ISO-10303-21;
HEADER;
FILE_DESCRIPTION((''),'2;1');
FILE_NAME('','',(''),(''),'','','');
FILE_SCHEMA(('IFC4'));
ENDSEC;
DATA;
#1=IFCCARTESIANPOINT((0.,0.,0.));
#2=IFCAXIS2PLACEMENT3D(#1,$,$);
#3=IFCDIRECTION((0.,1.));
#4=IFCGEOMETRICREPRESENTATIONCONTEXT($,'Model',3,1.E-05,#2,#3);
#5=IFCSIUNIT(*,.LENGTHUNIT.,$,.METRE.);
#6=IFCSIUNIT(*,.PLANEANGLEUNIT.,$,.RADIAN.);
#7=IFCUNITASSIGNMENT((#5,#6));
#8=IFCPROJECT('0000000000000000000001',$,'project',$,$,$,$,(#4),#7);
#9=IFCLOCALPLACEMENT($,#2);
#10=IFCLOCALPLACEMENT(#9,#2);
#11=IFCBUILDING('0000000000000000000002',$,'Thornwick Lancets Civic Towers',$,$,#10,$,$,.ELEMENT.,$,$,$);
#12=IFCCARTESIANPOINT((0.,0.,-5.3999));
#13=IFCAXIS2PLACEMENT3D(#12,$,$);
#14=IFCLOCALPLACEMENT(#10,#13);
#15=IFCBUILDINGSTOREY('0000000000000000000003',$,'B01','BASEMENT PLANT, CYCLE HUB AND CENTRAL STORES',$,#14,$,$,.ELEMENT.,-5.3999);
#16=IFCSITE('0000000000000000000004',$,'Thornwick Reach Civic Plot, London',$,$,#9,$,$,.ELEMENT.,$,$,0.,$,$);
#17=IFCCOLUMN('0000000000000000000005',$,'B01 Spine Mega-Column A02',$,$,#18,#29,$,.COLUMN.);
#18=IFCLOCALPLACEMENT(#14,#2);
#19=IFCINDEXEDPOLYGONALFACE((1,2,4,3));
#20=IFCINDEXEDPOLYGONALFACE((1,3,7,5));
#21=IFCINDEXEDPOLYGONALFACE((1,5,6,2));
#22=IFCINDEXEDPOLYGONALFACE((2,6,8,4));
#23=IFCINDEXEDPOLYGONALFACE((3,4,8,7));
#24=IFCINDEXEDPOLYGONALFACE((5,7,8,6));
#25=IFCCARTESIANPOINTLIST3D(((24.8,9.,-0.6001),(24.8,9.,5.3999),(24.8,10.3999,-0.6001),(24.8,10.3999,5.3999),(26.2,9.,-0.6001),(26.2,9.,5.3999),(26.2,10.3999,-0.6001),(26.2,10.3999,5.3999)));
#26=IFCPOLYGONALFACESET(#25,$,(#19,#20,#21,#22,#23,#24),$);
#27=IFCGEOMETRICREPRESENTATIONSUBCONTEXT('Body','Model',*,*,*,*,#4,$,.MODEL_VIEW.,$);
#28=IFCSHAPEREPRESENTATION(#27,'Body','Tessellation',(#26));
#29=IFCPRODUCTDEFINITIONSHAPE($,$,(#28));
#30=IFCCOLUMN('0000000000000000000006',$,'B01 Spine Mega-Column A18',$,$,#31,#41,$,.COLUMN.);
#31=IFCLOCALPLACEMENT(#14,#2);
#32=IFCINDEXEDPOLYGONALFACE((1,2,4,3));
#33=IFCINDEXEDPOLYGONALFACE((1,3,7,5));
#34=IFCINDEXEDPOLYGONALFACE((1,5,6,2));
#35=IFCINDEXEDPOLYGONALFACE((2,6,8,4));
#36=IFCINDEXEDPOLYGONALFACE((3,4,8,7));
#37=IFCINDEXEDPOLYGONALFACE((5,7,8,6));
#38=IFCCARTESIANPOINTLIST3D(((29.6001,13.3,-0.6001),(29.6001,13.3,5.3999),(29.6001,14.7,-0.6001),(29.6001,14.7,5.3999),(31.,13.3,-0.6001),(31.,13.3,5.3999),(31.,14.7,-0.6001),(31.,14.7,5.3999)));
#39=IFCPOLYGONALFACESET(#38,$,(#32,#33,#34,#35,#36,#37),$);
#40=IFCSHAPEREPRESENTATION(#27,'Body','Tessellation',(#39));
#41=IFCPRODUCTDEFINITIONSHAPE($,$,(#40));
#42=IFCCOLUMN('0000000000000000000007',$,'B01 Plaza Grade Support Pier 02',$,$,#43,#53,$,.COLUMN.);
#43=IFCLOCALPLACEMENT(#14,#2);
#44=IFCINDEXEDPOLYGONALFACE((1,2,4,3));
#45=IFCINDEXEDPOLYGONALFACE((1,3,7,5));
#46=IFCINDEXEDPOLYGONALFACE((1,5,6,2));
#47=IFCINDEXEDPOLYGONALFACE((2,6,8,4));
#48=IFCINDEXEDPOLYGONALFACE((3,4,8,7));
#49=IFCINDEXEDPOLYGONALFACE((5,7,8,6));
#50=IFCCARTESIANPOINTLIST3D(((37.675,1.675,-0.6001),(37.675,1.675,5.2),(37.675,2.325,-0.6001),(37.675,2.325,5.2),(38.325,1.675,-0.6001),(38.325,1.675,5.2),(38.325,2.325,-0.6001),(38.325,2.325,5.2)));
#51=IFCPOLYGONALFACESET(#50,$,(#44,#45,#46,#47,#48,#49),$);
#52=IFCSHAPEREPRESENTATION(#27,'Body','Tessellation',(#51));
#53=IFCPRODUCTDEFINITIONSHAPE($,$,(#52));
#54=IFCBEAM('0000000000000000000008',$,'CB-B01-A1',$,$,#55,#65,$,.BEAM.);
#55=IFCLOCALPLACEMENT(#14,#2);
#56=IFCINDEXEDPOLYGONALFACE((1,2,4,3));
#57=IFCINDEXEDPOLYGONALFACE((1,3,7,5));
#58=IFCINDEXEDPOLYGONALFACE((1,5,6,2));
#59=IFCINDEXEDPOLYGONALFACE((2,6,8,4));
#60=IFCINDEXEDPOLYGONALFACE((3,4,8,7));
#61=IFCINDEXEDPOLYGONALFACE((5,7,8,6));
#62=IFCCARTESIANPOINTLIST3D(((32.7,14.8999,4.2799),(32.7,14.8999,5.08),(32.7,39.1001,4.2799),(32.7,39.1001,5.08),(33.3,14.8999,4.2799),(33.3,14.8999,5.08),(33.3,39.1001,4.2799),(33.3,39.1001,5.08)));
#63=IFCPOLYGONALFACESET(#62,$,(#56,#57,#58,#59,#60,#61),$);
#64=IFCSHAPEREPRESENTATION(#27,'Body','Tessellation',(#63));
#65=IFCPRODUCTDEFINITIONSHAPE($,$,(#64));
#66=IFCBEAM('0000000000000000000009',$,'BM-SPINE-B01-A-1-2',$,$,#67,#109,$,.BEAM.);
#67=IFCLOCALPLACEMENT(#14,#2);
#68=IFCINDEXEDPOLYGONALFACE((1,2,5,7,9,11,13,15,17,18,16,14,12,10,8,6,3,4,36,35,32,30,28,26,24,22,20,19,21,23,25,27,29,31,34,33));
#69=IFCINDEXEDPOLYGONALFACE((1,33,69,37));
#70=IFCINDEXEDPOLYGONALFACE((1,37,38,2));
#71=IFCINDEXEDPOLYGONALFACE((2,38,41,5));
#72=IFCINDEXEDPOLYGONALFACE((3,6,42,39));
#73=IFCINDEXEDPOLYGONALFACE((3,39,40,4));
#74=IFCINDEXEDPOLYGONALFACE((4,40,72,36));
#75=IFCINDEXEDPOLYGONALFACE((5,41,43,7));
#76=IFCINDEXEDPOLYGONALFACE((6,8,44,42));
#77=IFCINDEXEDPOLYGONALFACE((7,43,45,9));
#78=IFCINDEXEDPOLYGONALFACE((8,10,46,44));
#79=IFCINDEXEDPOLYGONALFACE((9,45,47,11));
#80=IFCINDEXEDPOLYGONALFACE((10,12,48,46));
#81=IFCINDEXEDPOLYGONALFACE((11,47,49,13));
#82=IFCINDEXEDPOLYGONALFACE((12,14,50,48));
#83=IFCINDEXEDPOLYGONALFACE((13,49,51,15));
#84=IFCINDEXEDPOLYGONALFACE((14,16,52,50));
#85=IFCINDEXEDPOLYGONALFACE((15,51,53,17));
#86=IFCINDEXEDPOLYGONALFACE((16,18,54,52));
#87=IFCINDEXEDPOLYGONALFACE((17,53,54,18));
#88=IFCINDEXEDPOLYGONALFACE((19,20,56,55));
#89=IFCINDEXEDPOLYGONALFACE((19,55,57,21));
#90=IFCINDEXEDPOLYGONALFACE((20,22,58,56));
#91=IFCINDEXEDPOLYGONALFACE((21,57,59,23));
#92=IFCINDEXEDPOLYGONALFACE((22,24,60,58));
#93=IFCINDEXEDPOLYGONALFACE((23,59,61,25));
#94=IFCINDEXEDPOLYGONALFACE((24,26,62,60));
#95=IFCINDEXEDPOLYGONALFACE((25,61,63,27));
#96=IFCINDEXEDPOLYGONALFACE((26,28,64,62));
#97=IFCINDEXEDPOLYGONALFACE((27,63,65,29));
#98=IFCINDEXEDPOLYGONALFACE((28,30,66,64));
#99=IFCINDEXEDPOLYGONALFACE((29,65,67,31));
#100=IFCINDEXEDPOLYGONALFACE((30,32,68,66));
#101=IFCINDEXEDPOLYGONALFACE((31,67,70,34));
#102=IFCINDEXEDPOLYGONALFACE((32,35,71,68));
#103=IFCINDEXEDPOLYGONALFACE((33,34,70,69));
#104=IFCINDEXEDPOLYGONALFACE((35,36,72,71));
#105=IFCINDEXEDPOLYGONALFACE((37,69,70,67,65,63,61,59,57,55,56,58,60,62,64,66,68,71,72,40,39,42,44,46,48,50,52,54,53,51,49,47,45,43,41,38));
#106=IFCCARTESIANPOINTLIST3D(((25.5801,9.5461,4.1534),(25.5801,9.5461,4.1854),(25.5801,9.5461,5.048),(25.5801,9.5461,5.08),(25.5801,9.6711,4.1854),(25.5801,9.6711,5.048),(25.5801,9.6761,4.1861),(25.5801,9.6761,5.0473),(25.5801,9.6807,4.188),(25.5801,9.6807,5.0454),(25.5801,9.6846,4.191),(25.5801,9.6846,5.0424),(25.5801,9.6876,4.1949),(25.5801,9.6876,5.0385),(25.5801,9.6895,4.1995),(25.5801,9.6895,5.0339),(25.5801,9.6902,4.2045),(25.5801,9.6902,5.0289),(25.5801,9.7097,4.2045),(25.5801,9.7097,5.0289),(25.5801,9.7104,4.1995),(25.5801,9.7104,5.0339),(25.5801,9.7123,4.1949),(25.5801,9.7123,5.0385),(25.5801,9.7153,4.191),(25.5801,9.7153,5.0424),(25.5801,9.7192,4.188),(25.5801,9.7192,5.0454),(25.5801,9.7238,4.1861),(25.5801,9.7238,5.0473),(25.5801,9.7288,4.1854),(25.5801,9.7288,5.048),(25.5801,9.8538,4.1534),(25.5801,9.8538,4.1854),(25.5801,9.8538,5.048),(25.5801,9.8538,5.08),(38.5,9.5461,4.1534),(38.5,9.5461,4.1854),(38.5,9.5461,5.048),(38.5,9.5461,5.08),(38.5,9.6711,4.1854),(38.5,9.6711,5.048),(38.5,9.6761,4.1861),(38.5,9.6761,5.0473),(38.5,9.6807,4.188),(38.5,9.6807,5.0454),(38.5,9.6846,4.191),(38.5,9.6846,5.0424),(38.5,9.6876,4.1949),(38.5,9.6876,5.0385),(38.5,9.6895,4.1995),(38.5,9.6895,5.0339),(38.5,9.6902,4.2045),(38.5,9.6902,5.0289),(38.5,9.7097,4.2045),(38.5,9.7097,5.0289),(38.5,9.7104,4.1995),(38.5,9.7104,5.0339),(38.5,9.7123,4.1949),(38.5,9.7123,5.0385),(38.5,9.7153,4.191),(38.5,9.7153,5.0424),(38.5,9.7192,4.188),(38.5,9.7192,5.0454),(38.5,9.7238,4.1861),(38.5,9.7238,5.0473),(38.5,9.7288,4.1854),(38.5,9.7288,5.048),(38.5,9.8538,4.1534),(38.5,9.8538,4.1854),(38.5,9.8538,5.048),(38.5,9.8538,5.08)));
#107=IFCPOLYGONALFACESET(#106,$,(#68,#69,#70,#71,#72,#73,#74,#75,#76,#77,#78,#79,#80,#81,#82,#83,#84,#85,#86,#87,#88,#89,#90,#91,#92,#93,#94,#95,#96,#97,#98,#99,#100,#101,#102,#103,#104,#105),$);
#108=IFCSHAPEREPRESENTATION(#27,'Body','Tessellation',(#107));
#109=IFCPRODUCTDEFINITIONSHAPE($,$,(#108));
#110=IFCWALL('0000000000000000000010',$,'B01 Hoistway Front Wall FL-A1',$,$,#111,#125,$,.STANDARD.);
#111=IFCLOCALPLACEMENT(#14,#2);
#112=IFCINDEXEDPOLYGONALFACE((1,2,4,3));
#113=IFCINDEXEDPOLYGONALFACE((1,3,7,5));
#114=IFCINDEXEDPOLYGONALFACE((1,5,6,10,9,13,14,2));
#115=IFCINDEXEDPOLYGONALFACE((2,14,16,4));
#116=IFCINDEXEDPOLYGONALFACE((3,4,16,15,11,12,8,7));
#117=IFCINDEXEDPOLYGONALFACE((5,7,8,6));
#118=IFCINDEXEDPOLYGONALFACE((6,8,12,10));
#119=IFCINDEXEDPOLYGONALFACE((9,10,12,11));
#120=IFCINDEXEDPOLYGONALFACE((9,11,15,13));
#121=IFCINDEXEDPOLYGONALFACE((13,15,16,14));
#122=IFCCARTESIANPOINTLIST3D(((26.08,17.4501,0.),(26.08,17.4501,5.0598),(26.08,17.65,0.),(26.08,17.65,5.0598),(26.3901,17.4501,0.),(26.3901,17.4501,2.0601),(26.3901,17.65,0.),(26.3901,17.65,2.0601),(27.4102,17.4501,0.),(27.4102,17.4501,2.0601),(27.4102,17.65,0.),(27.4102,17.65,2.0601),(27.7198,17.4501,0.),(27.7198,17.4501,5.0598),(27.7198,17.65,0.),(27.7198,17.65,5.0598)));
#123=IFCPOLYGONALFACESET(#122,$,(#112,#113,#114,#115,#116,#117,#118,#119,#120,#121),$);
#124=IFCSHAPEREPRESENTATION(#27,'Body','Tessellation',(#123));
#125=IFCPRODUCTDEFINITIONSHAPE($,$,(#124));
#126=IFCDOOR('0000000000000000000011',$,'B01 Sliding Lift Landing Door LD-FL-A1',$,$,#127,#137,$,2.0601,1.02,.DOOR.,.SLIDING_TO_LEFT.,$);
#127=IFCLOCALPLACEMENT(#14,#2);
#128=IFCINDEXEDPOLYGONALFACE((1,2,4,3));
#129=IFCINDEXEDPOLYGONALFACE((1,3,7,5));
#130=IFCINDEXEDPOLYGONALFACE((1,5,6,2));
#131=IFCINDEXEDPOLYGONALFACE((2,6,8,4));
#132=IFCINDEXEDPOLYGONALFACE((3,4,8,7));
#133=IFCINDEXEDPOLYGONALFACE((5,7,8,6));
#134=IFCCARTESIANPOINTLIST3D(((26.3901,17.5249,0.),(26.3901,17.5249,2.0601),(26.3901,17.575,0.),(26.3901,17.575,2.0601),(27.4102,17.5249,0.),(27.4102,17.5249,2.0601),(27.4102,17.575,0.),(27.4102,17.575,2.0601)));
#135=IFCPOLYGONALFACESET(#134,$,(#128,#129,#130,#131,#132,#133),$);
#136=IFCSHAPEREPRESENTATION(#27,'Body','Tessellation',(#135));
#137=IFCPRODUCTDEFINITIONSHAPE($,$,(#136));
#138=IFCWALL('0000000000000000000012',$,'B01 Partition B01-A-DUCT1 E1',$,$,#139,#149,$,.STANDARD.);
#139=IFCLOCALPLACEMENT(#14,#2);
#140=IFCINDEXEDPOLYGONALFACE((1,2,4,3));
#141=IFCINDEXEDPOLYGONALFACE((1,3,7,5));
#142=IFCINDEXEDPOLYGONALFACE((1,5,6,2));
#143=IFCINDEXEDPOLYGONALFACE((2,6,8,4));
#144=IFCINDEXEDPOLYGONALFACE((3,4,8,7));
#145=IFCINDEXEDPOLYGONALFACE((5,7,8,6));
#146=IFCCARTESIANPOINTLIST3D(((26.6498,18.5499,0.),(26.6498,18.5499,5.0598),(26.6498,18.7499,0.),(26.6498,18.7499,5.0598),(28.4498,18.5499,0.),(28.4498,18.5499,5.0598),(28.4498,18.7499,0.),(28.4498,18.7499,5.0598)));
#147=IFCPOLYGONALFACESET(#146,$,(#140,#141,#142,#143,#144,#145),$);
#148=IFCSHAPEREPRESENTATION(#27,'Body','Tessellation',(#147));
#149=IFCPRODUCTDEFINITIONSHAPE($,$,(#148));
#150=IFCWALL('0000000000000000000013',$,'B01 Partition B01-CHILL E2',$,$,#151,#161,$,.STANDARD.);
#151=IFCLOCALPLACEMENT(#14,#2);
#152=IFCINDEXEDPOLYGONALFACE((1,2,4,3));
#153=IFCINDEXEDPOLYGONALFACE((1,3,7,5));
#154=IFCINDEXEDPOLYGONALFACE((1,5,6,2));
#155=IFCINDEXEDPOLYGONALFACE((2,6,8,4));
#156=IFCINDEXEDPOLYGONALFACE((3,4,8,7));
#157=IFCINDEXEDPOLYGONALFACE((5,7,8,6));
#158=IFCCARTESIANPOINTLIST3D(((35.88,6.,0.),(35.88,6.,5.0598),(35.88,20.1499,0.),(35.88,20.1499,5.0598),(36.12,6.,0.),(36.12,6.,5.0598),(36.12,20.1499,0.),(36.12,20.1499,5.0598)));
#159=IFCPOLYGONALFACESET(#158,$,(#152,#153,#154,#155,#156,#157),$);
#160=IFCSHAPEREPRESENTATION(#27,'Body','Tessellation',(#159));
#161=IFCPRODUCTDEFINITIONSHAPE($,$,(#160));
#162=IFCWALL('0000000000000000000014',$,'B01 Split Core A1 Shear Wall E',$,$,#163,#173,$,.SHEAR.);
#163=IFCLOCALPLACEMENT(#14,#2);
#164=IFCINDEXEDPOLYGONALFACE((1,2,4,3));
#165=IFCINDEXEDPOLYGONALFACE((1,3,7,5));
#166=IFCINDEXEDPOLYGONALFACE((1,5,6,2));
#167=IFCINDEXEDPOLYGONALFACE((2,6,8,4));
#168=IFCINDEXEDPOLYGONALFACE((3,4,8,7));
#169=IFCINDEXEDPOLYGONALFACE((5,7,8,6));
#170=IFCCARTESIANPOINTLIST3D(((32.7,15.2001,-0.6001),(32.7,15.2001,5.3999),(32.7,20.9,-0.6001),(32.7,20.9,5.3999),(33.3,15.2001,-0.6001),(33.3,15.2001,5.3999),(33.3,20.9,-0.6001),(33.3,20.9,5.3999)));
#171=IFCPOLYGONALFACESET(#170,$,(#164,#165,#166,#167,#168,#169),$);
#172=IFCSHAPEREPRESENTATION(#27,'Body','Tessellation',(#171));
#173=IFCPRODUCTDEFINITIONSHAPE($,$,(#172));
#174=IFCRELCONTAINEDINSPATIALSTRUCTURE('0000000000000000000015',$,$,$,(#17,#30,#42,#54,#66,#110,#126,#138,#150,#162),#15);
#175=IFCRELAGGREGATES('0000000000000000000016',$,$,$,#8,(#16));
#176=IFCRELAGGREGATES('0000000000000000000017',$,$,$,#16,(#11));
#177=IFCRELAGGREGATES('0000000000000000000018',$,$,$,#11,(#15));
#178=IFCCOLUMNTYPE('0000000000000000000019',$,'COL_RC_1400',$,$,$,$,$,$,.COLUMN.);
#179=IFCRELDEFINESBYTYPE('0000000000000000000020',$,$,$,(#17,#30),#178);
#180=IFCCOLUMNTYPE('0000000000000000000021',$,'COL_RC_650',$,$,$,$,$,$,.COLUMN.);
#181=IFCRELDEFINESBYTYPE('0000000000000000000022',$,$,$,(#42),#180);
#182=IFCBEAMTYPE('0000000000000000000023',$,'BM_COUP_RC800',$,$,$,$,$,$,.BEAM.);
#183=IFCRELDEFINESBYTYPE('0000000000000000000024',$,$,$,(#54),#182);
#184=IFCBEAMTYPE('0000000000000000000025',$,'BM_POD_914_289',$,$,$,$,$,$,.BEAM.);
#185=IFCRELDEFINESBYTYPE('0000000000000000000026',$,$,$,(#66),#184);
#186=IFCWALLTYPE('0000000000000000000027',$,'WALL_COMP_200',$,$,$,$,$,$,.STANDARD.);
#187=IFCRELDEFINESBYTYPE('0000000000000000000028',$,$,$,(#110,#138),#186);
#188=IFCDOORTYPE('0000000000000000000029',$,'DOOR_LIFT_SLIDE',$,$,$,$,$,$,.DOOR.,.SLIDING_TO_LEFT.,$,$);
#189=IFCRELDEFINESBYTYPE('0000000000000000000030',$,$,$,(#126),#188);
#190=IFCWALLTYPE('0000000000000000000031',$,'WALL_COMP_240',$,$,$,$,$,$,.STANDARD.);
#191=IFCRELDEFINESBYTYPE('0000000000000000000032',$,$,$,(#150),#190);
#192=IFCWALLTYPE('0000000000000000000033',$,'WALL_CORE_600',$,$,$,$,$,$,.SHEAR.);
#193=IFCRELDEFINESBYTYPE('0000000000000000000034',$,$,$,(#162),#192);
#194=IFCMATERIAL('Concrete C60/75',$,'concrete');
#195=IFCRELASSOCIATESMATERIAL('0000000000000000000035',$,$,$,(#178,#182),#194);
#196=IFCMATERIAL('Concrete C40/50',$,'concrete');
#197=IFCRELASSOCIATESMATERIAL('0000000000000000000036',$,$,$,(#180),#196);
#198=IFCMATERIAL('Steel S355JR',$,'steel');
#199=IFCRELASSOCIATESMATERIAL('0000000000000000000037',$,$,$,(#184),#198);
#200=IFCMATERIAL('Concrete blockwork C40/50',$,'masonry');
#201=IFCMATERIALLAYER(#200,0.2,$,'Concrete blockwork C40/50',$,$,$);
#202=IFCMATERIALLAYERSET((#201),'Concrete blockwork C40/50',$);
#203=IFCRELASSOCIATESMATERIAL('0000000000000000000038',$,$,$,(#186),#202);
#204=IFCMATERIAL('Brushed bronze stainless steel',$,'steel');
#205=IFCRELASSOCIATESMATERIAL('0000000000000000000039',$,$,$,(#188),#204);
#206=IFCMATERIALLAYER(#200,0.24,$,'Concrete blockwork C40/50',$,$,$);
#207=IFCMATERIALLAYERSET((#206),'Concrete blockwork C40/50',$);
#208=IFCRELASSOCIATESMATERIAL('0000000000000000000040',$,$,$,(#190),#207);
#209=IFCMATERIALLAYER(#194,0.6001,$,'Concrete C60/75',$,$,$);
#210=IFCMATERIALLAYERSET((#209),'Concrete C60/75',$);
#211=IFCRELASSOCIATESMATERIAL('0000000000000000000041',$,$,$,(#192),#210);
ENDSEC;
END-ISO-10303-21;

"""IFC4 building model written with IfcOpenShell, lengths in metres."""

from ifc_helpers import new_model, si_unit, direction, frame, frame_2d, origin, origin_2d, place, context, subcontext, project, spatial, rectangle, i_section, extrude, material, layer, layer_set, material_profile, profile_set, type_object, element, fill, save


model = new_model("IFC4")

# Units and contexts
model_context = context("Model", 3, precision=1e-05, world=origin(), true_north=direction((0.0, 1.0)))
body_context = subcontext(model_context, "Body", "Model", "MODEL_VIEW")
ifc_project = project(units=[si_unit("LENGTHUNIT", "METRE"), si_unit("PLANEANGLEUNIT", "RADIAN")], contexts=[model_context])

# Site, building, storey
site_placement = place(None, origin())
site = spatial("IfcSite", under=ifc_project, at=site_placement, Name="Thornwick Reach Civic Plot, London", CompositionType="ELEMENT", RefElevation=0.0)
building_placement = place(site_placement, origin())
building = spatial("IfcBuilding", under=site, at=building_placement, Name="Thornwick Lancets Civic Towers", CompositionType="ELEMENT")
storey_placement = place(building_placement, frame((0.0, 0.0, -5.3999)))
storey = spatial("IfcBuildingStorey", under=building, at=storey_placement, Name="B01", Description="BASEMENT PLANT, CYCLE HUB AND CENTRAL STORES", CompositionType="ELEMENT", Elevation=-5.3999)

# Shared definitions
ifc_material_1 = material(Name="Concrete C40/50", Category="concrete")

# Columns
ifc_material_2 = material(Name="Concrete C60/75", Category="concrete")
ifc_material_profile_1 = material_profile(ifc_material_2, rectangle(XDim=1.3999, YDim=1.3999, at=origin_2d()), Name="RC 1400x1400")
ifc_profile_set_1 = profile_set([ifc_material_profile_1], Name="Concrete C60/75")
column_type_1 = type_object("IfcColumnType", Name="COL_RC_1400", PredefinedType="COLUMN", material=ifc_profile_set_1)
for number, where, z_axis, x_axis, name in (
    (1, (25.5, 9.7, -0.6001), (0.0, 0.0, 1.0), (1.0, 0.0, 0.0), "B01 Spine Mega-Column A02"),
    (2, (30.3, 14.0, -0.6001), (0.0, 0.0, 1.0), (1.0, 0.0, 0.0), "B01 Spine Mega-Column A18"),
):
    element("IfcColumn", number, at=place(storey_placement, frame(where, z_axis=z_axis, x_axis=x_axis)), inside=storey, type_object=column_type_1, Name=name, PredefinedType="COLUMN", context=body_context, shape_type="SweptSolid", body=[
        extrude(rectangle(XDim=1.3999, YDim=1.3999, at=origin_2d()), origin(), (0.0, 0.0, 1.0), 6.0),
    ])
ifc_material_profile_2 = material_profile(ifc_material_1, rectangle(XDim=0.6499, YDim=0.6499, at=origin_2d()), Name="RC 650x650")
ifc_profile_set_2 = profile_set([ifc_material_profile_2], Name="Concrete C40/50")
column_type_2 = type_object("IfcColumnType", Name="COL_RC_650", PredefinedType="COLUMN", material=ifc_profile_set_2)
column_placement = place(storey_placement, frame((38.0, 2.0, -0.6001), z_axis=(0.0, 0.0, 1.0), x_axis=(1.0, 0.0, 0.0)))
element("IfcColumn", 3, at=column_placement, inside=storey, type_object=column_type_2, Name="B01 Plaza Grade Support Pier 02", PredefinedType="COLUMN", context=body_context, shape_type="SweptSolid", body=[
    extrude(rectangle(XDim=0.6499, YDim=0.6499, at=origin_2d()), origin(), (0.0, 0.0, 1.0), 5.8),
])

# Beams
ifc_material_profile_3 = material_profile(ifc_material_2, rectangle(XDim=0.6001, YDim=0.8, at=origin_2d()), Name="RC 600x800")
ifc_profile_set_3 = profile_set([ifc_material_profile_3], Name="Concrete C60/75")
beam_type_1 = type_object("IfcBeamType", Name="BM_COUP_RC800", PredefinedType="BEAM", material=ifc_profile_set_3)
beam_1_placement = place(storey_placement, frame((33.0, 14.8999, 4.6799), z_axis=(0.0, 1.0, 0.0), x_axis=(-1.0, 0.0, 0.0)))
element("IfcBeam", 4, at=beam_1_placement, inside=storey, type_object=beam_type_1, Name="CB-B01-A1", PredefinedType="BEAM", context=body_context, shape_type="SweptSolid", body=[
    extrude(rectangle(XDim=0.6001, YDim=0.8, at=origin_2d()), origin(), (0.0, 0.0, 1.0), 24.2002),
])
ifc_material_3 = material(Name="Steel S355JR", Category="steel")
ifc_material_profile_4 = material_profile(ifc_material_3, i_section(OverallWidth=0.3076, OverallDepth=0.9265, WebThickness=0.0195, FlangeThickness=0.032, FilletRadius=0.019, at=origin_2d()), Name="UKB 914x305x289")
ifc_profile_set_4 = profile_set([ifc_material_profile_4], Name="Steel S355JR")
beam_type_2 = type_object("IfcBeamType", Name="BM_POD_914_289", PredefinedType="BEAM", material=ifc_profile_set_4)
beam_2_placement = place(storey_placement, frame((25.5801, 9.7, 4.6167), z_axis=(1.0, 0.0, 0.0), x_axis=(0.0, 1.0, 0.0)))
element("IfcBeam", 5, at=beam_2_placement, inside=storey, type_object=beam_type_2, Name="BM-SPINE-B01-A-1-2", PredefinedType="BEAM", context=body_context, shape_type="SweptSolid", body=[
    extrude(i_section(OverallWidth=0.3076, OverallDepth=0.9265, WebThickness=0.0195, FlangeThickness=0.032, FilletRadius=0.019, at=origin_2d()), origin(), (0.0, 0.0, 1.0), 12.9199),
])

# Wall, opening, door
ifc_material_4 = material(Name="Concrete blockwork C40/50", Category="masonry")
ifc_layer_1 = layer(ifc_material_4, 0.2, Name="Concrete blockwork C40/50")
ifc_layer_set_1 = layer_set([ifc_layer_1], Name="Concrete blockwork C40/50")
wall_type_1 = type_object("IfcWallType", Name="WALL_COMP_200", PredefinedType="STANDARD", material=ifc_layer_set_1)
wall_1_placement = place(storey_placement, frame((26.0801, 17.55, 0.0), z_axis=(0.0, 0.0, 1.0), x_axis=(1.0, 0.0, 0.0)))
wall_1 = element("IfcWall", 6, at=wall_1_placement, inside=storey, type_object=wall_type_1, Name="B01 Hoistway Front Wall FL-A1", PredefinedType="STANDARD", context=body_context, shape_type="SweptSolid", body=[
    extrude(rectangle(XDim=1.6399, YDim=0.2, at=frame_2d((0.8198, 0.0))), origin(), (0.0, 0.0, 1.0), 5.0598),
])
opening_placement = place(wall_1_placement, frame((0.3101, 0.0, 0.0)))
opening = element("IfcOpeningElement", 7, at=opening_placement, cuts=wall_1, PredefinedType="OPENING", context=body_context, shape_type="SweptSolid", body=[
    extrude(rectangle(XDim=1.02, YDim=2.0601, at=frame_2d((0.51, 1.03))), frame((0.0, 0.1099, 0.0), z_axis=(0.0, -1.0, 0.0), x_axis=(1.0, 0.0, 0.0)), (0.0, 0.0, 1.0), 0.22),
])
ifc_material_5 = material(Name="Brushed bronze stainless steel", Category="steel")
door_type = type_object("IfcDoorType", Name="DOOR_LIFT_SLIDE", OperationType="SLIDING_TO_LEFT", PredefinedType="DOOR", material=ifc_material_5)
door_placement = place(opening_placement, origin())
door = element("IfcDoor", 8, at=door_placement, inside=storey, type_object=door_type, Name="B01 Sliding Lift Landing Door LD-FL-A1", OperationType="SLIDING_TO_LEFT", OverallHeight=2.0601, OverallWidth=1.02, PredefinedType="DOOR", context=body_context, shape_type="SweptSolid", body=[
    extrude(rectangle(XDim=1.02, YDim=2.0601, at=frame_2d((0.51, 1.03))), frame((0.0, 0.0249, 0.0), z_axis=(0.0, -1.0, 0.0), x_axis=(1.0, 0.0, 0.0)), (0.0, 0.0, 1.0), 0.05),
])
fill(opening, door)

# Walls
wall_2_placement = place(storey_placement, frame((26.6499, 18.6499, 0.0), z_axis=(0.0, 0.0, 1.0), x_axis=(1.0, 0.0, 0.0)))
element("IfcWall", 9, at=wall_2_placement, inside=storey, type_object=wall_type_1, Name="B01 Partition B01-A-DUCT1 E1", PredefinedType="STANDARD", context=body_context, shape_type="SweptSolid", body=[
    extrude(rectangle(XDim=1.8, YDim=0.2, at=frame_2d((0.8999, 0.0))), origin(), (0.0, 0.0, 1.0), 5.0598),
])
ifc_layer_2 = layer(ifc_material_4, 0.24, Name="Concrete blockwork C40/50")
ifc_layer_set_2 = layer_set([ifc_layer_2], Name="Concrete blockwork C40/50")
wall_type_2 = type_object("IfcWallType", Name="WALL_COMP_240", PredefinedType="STANDARD", material=ifc_layer_set_2)
wall_3_placement = place(storey_placement, frame((36.0, 6.0, 0.0), z_axis=(0.0, 0.0, 1.0), x_axis=(0.0, 1.0, 0.0)))
element("IfcWall", 10, at=wall_3_placement, inside=storey, type_object=wall_type_2, Name="B01 Partition B01-CHILL E2", PredefinedType="STANDARD", context=body_context, shape_type="SweptSolid", body=[
    extrude(rectangle(XDim=14.1499, YDim=0.24, at=frame_2d((7.075, 0.0))), origin(), (0.0, 0.0, 1.0), 5.0598),
])
ifc_layer_3 = layer(ifc_material_2, 0.6001, Name="Concrete C60/75")
ifc_layer_set_3 = layer_set([ifc_layer_3], Name="Concrete C60/75")
wall_type_3 = type_object("IfcWallType", Name="WALL_CORE_600", PredefinedType="SHEAR", material=ifc_layer_set_3)
wall_4_placement = place(storey_placement, frame((33.0, 15.2, -0.6001), z_axis=(0.0, 0.0, 1.0), x_axis=(0.0, 1.0, 0.0)))
element("IfcWall", 11, at=wall_4_placement, inside=storey, type_object=wall_type_3, Name="B01 Split Core A1 Shear Wall E", PredefinedType="SHEAR", context=body_context, shape_type="SweptSolid", body=[
    extrude(rectangle(XDim=5.7, YDim=0.6001, at=frame_2d((2.8501, 0.0))), origin(), (0.0, 0.0, 1.0), 6.0),
])

save(model, "model.ifc")
